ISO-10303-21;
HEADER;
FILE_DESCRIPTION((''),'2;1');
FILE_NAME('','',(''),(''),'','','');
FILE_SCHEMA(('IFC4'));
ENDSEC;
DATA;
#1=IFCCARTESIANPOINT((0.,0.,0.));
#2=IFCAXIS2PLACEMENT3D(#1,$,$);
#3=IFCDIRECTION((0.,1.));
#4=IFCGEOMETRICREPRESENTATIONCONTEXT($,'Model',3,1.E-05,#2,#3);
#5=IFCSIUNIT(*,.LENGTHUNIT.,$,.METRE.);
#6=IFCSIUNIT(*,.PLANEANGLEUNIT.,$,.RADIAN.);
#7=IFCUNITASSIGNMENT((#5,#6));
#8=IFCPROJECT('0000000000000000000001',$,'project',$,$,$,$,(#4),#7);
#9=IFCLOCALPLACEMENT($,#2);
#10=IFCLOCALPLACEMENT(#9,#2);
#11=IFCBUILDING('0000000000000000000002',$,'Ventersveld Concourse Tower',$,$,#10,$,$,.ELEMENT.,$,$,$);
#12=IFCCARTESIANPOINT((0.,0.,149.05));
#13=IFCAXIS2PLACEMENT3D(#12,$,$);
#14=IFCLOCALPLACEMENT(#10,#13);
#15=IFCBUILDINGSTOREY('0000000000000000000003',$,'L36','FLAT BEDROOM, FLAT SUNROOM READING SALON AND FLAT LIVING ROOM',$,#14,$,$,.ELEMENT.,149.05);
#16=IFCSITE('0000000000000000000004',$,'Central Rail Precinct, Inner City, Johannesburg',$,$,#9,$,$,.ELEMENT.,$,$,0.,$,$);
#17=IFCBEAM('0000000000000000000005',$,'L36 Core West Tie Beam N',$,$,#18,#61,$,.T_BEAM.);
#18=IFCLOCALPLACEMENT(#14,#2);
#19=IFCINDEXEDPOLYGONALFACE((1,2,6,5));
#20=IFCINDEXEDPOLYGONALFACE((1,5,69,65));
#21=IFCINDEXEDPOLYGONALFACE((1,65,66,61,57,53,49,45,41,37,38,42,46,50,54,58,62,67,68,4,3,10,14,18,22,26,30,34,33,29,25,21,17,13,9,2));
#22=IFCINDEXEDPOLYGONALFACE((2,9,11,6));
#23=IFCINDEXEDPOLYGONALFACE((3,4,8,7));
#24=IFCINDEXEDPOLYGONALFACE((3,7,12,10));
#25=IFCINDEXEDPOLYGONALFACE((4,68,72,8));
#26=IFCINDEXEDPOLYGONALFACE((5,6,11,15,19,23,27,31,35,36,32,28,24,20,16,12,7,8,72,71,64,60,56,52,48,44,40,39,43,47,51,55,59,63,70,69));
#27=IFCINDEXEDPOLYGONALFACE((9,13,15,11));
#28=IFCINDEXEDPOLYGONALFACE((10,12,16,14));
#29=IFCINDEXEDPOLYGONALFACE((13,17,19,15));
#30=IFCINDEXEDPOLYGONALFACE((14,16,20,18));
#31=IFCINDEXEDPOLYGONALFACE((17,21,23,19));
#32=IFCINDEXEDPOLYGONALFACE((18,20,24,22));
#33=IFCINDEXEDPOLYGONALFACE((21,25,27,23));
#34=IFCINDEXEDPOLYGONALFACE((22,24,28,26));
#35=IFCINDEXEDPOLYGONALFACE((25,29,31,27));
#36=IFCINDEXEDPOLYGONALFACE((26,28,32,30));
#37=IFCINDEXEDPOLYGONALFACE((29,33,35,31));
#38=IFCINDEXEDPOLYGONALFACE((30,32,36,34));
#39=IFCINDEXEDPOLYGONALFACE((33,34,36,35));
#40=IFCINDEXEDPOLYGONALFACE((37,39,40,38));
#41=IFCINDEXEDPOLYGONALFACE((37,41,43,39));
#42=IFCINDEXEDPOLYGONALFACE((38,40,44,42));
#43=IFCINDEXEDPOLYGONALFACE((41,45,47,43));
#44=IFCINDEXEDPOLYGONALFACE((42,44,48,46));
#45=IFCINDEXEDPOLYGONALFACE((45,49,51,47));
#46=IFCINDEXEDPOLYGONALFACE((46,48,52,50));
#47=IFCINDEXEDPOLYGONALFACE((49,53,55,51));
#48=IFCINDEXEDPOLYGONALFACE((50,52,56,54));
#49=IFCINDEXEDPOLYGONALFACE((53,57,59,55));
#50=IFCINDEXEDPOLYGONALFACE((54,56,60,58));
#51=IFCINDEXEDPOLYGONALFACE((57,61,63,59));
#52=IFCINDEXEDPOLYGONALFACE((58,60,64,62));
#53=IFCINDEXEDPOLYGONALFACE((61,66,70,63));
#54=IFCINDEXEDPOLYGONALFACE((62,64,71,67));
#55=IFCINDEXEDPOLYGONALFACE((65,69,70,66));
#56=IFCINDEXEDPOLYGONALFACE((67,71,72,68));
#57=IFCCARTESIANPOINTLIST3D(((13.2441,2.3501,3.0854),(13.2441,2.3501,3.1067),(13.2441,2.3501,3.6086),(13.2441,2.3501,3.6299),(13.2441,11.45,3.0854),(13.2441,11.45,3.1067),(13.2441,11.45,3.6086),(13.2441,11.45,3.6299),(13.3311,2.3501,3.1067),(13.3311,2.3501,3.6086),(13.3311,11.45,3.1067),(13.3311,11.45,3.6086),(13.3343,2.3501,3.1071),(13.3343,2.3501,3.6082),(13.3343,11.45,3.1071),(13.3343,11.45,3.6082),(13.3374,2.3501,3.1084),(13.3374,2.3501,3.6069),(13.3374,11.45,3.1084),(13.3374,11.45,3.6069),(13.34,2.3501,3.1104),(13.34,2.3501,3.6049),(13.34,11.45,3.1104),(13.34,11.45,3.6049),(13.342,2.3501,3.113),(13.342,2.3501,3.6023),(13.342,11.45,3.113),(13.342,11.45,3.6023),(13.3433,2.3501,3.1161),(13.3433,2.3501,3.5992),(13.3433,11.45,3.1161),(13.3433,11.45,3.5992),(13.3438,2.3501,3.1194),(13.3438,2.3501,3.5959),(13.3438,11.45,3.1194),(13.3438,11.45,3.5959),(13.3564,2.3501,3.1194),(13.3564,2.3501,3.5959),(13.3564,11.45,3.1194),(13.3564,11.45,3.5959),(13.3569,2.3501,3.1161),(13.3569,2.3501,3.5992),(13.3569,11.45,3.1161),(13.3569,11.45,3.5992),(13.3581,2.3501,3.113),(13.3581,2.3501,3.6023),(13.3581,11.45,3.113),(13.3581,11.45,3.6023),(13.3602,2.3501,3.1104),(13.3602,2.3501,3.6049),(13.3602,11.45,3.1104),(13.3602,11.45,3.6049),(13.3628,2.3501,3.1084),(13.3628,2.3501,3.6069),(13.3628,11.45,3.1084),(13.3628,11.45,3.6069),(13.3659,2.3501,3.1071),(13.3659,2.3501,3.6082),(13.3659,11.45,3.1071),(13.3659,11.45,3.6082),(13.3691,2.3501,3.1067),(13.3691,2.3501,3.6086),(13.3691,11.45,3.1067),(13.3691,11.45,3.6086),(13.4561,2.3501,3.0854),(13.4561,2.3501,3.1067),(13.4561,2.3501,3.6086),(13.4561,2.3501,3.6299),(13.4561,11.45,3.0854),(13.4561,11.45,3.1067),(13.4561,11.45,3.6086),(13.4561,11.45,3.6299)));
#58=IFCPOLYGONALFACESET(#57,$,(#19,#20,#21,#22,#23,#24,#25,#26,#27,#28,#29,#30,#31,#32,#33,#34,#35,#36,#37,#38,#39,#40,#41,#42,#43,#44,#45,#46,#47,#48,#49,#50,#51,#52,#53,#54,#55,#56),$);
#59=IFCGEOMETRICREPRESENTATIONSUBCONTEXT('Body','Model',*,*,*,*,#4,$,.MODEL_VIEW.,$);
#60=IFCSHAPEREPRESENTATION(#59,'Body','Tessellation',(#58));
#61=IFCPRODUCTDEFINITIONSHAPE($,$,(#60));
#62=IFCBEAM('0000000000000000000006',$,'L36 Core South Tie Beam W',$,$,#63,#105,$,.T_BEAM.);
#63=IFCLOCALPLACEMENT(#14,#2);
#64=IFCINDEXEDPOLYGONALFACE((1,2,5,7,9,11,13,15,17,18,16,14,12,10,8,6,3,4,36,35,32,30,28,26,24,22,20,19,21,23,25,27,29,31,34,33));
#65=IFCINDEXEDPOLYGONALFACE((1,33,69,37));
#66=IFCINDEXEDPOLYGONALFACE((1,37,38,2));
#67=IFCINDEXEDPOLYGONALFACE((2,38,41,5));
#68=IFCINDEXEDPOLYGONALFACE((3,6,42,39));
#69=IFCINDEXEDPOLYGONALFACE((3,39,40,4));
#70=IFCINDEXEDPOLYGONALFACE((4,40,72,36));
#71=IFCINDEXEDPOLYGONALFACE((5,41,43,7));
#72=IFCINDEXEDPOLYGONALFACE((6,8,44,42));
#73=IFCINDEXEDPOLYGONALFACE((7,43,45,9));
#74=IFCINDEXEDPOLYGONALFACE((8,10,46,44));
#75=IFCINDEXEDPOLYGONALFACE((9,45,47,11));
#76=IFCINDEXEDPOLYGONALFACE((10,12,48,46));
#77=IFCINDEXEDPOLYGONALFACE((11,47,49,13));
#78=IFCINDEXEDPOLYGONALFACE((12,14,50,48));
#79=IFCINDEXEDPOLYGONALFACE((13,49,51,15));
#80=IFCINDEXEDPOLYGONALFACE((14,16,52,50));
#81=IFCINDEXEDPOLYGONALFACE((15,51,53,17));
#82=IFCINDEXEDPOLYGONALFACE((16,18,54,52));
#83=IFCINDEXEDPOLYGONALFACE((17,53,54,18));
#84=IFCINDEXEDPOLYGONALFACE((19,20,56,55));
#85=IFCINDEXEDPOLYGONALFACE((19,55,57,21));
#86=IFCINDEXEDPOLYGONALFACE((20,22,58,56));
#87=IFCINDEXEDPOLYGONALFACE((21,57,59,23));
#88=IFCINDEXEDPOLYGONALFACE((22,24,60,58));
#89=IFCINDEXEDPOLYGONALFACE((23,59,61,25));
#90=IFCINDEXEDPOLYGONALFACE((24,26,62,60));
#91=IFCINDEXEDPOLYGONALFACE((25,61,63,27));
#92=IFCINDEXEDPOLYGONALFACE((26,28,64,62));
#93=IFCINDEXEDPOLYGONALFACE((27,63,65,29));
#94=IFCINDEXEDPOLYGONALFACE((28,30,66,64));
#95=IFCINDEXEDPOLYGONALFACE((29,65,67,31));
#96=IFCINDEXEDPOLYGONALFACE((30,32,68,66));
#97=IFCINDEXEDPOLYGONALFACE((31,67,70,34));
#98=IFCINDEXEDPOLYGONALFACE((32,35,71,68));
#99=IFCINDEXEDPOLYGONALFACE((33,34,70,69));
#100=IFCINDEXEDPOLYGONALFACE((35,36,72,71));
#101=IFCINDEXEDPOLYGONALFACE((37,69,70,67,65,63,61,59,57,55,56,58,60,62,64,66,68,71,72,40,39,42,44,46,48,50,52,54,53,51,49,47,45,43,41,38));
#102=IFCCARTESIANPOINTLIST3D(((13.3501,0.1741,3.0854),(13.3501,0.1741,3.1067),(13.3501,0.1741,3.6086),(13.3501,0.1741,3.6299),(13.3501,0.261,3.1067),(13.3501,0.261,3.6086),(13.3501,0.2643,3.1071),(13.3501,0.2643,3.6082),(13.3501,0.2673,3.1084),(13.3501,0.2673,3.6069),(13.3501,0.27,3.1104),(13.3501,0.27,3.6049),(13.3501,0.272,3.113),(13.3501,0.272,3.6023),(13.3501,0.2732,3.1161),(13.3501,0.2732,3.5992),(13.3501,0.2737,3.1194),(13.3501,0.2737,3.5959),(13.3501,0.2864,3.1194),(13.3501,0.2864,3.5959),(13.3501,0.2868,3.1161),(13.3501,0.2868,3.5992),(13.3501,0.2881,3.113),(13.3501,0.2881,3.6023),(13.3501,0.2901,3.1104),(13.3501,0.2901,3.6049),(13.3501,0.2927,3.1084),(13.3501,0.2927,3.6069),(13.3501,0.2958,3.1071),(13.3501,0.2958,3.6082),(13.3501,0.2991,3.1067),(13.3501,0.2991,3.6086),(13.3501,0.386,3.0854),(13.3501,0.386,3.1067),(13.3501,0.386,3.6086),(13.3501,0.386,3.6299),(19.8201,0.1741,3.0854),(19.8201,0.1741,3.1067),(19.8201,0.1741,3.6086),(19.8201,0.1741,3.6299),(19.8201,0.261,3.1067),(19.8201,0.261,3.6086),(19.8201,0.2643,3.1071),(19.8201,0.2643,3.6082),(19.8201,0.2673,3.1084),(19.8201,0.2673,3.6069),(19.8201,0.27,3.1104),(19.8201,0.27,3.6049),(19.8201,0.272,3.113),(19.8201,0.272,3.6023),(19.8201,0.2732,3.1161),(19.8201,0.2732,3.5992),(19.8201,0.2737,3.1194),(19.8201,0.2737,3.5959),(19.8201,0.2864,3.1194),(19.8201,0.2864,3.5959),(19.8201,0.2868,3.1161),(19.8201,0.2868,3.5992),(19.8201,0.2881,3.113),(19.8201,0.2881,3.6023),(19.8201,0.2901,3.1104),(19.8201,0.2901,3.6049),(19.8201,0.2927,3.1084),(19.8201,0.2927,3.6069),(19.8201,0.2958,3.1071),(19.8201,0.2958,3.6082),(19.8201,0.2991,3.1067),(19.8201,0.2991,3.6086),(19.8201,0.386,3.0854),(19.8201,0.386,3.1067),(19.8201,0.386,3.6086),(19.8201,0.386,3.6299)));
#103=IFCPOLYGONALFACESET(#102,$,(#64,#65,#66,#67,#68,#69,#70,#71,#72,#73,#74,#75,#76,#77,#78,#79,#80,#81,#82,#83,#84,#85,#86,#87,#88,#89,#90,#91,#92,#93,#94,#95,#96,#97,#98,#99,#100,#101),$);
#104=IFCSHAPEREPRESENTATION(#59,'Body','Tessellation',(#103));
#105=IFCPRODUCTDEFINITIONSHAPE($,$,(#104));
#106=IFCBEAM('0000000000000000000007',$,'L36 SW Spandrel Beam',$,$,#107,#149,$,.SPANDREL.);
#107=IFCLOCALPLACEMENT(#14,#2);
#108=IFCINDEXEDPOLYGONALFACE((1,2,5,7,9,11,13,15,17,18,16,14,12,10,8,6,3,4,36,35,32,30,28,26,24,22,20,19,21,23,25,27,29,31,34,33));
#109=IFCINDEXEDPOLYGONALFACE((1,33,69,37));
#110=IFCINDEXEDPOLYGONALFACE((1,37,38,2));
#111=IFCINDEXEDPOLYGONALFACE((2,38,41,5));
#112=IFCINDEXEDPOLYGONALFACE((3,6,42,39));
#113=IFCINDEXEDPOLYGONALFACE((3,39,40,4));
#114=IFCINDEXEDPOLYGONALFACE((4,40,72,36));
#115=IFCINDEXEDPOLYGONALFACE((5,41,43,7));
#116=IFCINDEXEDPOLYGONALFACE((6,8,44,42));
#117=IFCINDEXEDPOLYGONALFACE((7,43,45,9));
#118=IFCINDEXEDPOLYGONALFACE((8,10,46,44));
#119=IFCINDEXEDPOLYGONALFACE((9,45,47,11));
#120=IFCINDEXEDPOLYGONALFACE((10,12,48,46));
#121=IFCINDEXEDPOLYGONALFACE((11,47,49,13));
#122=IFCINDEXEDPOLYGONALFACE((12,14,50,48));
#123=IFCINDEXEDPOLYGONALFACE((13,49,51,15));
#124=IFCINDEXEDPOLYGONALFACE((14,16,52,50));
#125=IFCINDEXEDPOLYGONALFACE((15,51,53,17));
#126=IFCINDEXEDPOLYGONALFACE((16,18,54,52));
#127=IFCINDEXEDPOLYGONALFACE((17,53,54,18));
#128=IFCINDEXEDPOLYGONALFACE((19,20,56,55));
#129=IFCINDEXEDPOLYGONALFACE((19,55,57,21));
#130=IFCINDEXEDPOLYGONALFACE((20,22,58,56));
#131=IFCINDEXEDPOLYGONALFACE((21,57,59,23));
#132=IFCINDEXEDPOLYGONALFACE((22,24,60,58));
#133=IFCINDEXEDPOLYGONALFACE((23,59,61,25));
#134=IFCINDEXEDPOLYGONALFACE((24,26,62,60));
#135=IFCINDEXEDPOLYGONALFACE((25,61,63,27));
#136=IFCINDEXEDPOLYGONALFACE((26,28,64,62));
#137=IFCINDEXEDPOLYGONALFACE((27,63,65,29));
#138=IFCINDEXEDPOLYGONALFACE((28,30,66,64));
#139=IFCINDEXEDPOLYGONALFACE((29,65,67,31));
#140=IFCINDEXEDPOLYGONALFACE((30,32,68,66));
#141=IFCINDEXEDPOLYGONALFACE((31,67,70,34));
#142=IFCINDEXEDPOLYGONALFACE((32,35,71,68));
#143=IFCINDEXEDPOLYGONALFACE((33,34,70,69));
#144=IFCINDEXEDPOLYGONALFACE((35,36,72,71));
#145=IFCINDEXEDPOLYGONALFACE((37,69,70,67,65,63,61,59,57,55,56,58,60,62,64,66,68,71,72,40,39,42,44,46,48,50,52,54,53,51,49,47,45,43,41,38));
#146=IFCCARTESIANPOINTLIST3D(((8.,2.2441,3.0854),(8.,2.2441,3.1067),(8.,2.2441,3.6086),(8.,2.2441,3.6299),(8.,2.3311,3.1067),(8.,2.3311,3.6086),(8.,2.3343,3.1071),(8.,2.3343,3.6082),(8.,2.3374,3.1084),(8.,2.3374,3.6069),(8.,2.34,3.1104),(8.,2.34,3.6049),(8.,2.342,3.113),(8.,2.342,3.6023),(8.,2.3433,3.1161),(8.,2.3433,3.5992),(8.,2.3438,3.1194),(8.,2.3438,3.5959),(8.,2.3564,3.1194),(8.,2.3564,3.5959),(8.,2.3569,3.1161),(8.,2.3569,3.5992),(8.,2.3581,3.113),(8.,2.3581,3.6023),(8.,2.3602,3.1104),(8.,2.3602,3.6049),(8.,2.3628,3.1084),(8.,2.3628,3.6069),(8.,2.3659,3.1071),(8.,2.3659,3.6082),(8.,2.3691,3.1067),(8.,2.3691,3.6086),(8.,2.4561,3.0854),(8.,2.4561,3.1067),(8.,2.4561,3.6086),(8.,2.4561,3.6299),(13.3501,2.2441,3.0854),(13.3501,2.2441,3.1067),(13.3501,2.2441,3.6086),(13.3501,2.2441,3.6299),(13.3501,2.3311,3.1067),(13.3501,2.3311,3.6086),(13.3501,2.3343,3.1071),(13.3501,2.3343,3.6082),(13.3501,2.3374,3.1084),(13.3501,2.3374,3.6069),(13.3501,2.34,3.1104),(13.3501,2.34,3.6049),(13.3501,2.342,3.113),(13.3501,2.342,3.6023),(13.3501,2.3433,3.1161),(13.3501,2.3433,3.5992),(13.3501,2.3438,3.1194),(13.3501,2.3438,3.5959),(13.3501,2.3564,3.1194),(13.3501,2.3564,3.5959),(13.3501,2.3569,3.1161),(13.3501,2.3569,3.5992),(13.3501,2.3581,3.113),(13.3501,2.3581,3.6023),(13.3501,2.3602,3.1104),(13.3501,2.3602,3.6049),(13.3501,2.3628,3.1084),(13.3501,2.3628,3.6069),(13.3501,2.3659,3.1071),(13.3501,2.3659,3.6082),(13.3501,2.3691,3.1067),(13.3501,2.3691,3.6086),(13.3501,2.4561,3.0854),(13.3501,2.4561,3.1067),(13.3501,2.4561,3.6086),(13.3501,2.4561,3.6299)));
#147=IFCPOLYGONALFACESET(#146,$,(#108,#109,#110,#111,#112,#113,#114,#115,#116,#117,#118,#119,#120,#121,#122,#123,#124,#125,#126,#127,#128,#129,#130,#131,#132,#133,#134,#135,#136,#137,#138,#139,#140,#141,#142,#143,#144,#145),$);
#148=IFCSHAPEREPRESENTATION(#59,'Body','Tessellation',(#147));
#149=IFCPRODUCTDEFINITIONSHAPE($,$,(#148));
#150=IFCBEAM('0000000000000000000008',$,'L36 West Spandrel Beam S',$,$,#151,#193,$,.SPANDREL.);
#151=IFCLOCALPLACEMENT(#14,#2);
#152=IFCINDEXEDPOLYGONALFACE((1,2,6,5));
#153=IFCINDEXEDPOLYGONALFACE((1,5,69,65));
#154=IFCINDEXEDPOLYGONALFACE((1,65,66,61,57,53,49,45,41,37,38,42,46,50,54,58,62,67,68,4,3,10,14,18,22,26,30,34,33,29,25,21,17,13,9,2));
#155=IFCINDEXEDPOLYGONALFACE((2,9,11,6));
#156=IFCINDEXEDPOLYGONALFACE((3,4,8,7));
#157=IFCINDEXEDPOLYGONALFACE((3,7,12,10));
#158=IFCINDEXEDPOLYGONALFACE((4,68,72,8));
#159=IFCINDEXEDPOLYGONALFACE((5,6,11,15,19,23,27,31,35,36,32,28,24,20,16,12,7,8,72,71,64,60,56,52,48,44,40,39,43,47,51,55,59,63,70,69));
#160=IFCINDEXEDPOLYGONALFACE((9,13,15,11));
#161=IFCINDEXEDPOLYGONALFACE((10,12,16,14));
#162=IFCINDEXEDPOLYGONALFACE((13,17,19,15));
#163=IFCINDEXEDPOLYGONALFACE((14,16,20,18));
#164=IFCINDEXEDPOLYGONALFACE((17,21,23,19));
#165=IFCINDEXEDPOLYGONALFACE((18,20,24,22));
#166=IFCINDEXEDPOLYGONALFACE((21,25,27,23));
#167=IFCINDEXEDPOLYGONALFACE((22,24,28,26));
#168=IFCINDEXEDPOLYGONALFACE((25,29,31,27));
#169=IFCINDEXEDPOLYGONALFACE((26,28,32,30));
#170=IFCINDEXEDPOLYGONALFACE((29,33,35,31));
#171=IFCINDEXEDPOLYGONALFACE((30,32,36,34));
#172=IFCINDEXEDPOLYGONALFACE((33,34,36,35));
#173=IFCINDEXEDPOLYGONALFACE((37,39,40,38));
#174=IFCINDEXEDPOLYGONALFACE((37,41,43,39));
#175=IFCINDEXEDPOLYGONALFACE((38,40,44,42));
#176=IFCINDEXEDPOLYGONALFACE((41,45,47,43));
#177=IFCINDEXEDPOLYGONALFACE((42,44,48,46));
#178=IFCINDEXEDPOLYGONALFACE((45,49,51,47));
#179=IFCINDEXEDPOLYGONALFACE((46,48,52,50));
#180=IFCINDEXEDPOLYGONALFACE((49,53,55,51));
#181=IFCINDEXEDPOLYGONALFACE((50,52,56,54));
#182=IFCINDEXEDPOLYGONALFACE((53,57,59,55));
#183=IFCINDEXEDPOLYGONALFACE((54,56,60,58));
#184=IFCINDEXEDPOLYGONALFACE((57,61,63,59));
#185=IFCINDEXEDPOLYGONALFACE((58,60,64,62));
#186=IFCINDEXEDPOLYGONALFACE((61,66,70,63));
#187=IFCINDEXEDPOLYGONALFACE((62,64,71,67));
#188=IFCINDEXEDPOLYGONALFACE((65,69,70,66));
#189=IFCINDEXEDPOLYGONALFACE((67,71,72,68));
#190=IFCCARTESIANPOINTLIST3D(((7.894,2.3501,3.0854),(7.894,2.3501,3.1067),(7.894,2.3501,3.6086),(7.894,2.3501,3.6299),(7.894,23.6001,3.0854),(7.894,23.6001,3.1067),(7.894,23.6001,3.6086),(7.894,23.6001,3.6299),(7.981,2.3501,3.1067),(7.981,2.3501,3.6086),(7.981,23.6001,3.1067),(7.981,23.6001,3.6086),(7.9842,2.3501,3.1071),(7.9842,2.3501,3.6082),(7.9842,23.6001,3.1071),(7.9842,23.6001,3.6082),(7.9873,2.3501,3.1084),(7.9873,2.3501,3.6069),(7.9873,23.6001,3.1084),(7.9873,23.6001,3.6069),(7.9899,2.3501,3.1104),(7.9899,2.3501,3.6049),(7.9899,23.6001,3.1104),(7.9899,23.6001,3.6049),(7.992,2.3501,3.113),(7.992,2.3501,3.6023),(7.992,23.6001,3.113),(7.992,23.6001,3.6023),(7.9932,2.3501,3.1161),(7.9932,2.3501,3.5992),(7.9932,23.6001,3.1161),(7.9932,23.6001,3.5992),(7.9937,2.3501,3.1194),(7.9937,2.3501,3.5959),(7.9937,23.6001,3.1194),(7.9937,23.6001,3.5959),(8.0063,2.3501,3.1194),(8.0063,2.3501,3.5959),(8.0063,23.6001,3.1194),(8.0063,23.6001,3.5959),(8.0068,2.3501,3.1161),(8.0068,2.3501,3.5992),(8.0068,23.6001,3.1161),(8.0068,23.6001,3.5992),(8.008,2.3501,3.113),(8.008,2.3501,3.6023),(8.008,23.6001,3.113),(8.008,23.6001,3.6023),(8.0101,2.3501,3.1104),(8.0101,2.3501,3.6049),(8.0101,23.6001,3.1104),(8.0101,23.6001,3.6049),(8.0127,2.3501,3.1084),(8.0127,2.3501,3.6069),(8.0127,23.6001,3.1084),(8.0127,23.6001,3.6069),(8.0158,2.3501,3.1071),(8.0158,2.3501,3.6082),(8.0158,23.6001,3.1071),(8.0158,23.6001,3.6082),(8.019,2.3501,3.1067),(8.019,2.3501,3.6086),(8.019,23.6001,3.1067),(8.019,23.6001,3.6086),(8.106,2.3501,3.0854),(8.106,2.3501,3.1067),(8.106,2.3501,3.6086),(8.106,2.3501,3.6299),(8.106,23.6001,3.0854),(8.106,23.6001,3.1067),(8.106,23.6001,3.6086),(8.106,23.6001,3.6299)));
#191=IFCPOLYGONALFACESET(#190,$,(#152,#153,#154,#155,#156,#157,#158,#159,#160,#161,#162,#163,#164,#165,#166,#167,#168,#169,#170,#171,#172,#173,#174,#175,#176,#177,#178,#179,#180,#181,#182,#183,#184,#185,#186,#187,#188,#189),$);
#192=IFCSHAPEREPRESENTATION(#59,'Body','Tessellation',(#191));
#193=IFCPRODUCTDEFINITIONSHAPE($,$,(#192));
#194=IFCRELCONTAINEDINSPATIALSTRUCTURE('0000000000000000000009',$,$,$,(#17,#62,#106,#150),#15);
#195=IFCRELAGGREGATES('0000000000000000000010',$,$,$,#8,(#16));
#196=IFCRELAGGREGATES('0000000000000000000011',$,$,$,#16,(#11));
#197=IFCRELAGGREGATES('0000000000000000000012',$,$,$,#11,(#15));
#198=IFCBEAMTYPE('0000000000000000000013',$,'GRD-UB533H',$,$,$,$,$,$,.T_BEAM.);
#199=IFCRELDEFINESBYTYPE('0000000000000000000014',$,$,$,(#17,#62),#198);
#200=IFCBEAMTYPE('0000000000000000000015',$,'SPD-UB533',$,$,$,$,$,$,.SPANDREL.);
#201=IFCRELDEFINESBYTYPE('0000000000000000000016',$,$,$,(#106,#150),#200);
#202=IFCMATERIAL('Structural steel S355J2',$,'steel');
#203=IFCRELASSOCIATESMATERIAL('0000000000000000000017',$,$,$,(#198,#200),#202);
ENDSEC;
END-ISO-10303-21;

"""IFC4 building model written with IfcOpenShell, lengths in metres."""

from ifc_helpers import new_model, si_unit, direction, frame, origin, origin_2d, place, context, subcontext, project, spatial, i_section, extrude, material, material_profile, profile_set, type_object, element, save


model = new_model("IFC4")

# Units and contexts
model_context = context("Model", 3, precision=1e-05, world=origin(), true_north=direction((0.0, 1.0)))
body_context = subcontext(model_context, "Body", "Model", "MODEL_VIEW")
ifc_project = project(units=[si_unit("LENGTHUNIT", "METRE"), si_unit("PLANEANGLEUNIT", "RADIAN")], contexts=[model_context])

# Site, building, storey
site_placement = place(None, origin())
site = spatial("IfcSite", under=ifc_project, at=site_placement, Name="Central Rail Precinct, Inner City, Johannesburg", CompositionType="ELEMENT", RefElevation=0.0)
building_placement = place(site_placement, origin())
building = spatial("IfcBuilding", under=site, at=building_placement, Name="Ventersveld Concourse Tower", CompositionType="ELEMENT")
storey_placement = place(building_placement, frame((0.0, 0.0, 149.05)))
storey = spatial("IfcBuildingStorey", under=building, at=storey_placement, Name="L36", Description="FLAT BEDROOM, FLAT SUNROOM READING SALON AND FLAT LIVING ROOM", CompositionType="ELEMENT", Elevation=149.05)

# Beams
ifc_material_1 = material(Name="Structural steel S355J2", Category="steel")
ifc_material_profile_1 = material_profile(ifc_material_1, i_section(OverallWidth=0.2119, OverallDepth=0.5444, WebThickness=0.0127, FlangeThickness=0.0212, FilletRadius=0.0127, at=origin_2d()), Name="UB 533x210x122")
ifc_profile_set_1 = profile_set([ifc_material_profile_1], Name="Structural steel S355J2")
beam_type_1 = type_object("IfcBeamType", Name="GRD-UB533H", PredefinedType="T_BEAM", material=ifc_profile_set_1)
beam_1_placement = place(storey_placement, frame((13.3501, 2.3501, 3.3577), z_axis=(0.0, 1.0, 0.0), x_axis=(-1.0, 0.0, 0.0)))
element("IfcBeam", 1, at=beam_1_placement, inside=storey, type_object=beam_type_1, Name="L36 Core West Tie Beam N", PredefinedType="T_BEAM", context=body_context, shape_type="SweptSolid", body=[
    extrude(i_section(OverallWidth=0.2119, OverallDepth=0.5444, WebThickness=0.0127, FlangeThickness=0.0212, FilletRadius=0.0127, at=origin_2d()), origin(), (0.0, 0.0, 1.0), 9.0999),
])
beam_2_placement = place(storey_placement, frame((13.3501, 0.28, 3.3577), z_axis=(1.0, 0.0, 0.0), x_axis=(0.0, 1.0, 0.0)))
element("IfcBeam", 2, at=beam_2_placement, inside=storey, type_object=beam_type_1, Name="L36 Core South Tie Beam W", PredefinedType="T_BEAM", context=body_context, shape_type="SweptSolid", body=[
    extrude(i_section(OverallWidth=0.2119, OverallDepth=0.5444, WebThickness=0.0127, FlangeThickness=0.0212, FilletRadius=0.0127, at=origin_2d()), origin(), (0.0, 0.0, 1.0), 6.47),
])
ifc_material_profile_2 = material_profile(ifc_material_1, i_section(OverallWidth=0.2119, OverallDepth=0.5444, WebThickness=0.0127, FlangeThickness=0.0212, FilletRadius=0.0127, at=origin_2d()), Name="UB 533x210x122")
ifc_profile_set_2 = profile_set([ifc_material_profile_2], Name="Structural steel S355J2")
beam_type_2 = type_object("IfcBeamType", Name="SPD-UB533", PredefinedType="SPANDREL", material=ifc_profile_set_2)
beam_3_placement = place(storey_placement, frame((8.0, 2.3501, 3.3577), z_axis=(1.0, 0.0, 0.0), x_axis=(0.0, 1.0, 0.0)))
element("IfcBeam", 3, at=beam_3_placement, inside=storey, type_object=beam_type_2, Name="L36 SW Spandrel Beam", PredefinedType="SPANDREL", context=body_context, shape_type="SweptSolid", body=[
    extrude(i_section(OverallWidth=0.2119, OverallDepth=0.5444, WebThickness=0.0127, FlangeThickness=0.0212, FilletRadius=0.0127, at=origin_2d()), origin(), (0.0, 0.0, 1.0), 5.3501),
])
beam_4_placement = place(storey_placement, frame((8.0, 2.3501, 3.3577), z_axis=(0.0, 1.0, 0.0), x_axis=(-1.0, 0.0, 0.0)))
element("IfcBeam", 4, at=beam_4_placement, inside=storey, type_object=beam_type_2, Name="L36 West Spandrel Beam S", PredefinedType="SPANDREL", context=body_context, shape_type="SweptSolid", body=[
    extrude(i_section(OverallWidth=0.2119, OverallDepth=0.5444, WebThickness=0.0127, FlangeThickness=0.0212, FilletRadius=0.0127, at=origin_2d()), origin(), (0.0, 0.0, 1.0), 21.25),
])

save(model, "model.ifc")
